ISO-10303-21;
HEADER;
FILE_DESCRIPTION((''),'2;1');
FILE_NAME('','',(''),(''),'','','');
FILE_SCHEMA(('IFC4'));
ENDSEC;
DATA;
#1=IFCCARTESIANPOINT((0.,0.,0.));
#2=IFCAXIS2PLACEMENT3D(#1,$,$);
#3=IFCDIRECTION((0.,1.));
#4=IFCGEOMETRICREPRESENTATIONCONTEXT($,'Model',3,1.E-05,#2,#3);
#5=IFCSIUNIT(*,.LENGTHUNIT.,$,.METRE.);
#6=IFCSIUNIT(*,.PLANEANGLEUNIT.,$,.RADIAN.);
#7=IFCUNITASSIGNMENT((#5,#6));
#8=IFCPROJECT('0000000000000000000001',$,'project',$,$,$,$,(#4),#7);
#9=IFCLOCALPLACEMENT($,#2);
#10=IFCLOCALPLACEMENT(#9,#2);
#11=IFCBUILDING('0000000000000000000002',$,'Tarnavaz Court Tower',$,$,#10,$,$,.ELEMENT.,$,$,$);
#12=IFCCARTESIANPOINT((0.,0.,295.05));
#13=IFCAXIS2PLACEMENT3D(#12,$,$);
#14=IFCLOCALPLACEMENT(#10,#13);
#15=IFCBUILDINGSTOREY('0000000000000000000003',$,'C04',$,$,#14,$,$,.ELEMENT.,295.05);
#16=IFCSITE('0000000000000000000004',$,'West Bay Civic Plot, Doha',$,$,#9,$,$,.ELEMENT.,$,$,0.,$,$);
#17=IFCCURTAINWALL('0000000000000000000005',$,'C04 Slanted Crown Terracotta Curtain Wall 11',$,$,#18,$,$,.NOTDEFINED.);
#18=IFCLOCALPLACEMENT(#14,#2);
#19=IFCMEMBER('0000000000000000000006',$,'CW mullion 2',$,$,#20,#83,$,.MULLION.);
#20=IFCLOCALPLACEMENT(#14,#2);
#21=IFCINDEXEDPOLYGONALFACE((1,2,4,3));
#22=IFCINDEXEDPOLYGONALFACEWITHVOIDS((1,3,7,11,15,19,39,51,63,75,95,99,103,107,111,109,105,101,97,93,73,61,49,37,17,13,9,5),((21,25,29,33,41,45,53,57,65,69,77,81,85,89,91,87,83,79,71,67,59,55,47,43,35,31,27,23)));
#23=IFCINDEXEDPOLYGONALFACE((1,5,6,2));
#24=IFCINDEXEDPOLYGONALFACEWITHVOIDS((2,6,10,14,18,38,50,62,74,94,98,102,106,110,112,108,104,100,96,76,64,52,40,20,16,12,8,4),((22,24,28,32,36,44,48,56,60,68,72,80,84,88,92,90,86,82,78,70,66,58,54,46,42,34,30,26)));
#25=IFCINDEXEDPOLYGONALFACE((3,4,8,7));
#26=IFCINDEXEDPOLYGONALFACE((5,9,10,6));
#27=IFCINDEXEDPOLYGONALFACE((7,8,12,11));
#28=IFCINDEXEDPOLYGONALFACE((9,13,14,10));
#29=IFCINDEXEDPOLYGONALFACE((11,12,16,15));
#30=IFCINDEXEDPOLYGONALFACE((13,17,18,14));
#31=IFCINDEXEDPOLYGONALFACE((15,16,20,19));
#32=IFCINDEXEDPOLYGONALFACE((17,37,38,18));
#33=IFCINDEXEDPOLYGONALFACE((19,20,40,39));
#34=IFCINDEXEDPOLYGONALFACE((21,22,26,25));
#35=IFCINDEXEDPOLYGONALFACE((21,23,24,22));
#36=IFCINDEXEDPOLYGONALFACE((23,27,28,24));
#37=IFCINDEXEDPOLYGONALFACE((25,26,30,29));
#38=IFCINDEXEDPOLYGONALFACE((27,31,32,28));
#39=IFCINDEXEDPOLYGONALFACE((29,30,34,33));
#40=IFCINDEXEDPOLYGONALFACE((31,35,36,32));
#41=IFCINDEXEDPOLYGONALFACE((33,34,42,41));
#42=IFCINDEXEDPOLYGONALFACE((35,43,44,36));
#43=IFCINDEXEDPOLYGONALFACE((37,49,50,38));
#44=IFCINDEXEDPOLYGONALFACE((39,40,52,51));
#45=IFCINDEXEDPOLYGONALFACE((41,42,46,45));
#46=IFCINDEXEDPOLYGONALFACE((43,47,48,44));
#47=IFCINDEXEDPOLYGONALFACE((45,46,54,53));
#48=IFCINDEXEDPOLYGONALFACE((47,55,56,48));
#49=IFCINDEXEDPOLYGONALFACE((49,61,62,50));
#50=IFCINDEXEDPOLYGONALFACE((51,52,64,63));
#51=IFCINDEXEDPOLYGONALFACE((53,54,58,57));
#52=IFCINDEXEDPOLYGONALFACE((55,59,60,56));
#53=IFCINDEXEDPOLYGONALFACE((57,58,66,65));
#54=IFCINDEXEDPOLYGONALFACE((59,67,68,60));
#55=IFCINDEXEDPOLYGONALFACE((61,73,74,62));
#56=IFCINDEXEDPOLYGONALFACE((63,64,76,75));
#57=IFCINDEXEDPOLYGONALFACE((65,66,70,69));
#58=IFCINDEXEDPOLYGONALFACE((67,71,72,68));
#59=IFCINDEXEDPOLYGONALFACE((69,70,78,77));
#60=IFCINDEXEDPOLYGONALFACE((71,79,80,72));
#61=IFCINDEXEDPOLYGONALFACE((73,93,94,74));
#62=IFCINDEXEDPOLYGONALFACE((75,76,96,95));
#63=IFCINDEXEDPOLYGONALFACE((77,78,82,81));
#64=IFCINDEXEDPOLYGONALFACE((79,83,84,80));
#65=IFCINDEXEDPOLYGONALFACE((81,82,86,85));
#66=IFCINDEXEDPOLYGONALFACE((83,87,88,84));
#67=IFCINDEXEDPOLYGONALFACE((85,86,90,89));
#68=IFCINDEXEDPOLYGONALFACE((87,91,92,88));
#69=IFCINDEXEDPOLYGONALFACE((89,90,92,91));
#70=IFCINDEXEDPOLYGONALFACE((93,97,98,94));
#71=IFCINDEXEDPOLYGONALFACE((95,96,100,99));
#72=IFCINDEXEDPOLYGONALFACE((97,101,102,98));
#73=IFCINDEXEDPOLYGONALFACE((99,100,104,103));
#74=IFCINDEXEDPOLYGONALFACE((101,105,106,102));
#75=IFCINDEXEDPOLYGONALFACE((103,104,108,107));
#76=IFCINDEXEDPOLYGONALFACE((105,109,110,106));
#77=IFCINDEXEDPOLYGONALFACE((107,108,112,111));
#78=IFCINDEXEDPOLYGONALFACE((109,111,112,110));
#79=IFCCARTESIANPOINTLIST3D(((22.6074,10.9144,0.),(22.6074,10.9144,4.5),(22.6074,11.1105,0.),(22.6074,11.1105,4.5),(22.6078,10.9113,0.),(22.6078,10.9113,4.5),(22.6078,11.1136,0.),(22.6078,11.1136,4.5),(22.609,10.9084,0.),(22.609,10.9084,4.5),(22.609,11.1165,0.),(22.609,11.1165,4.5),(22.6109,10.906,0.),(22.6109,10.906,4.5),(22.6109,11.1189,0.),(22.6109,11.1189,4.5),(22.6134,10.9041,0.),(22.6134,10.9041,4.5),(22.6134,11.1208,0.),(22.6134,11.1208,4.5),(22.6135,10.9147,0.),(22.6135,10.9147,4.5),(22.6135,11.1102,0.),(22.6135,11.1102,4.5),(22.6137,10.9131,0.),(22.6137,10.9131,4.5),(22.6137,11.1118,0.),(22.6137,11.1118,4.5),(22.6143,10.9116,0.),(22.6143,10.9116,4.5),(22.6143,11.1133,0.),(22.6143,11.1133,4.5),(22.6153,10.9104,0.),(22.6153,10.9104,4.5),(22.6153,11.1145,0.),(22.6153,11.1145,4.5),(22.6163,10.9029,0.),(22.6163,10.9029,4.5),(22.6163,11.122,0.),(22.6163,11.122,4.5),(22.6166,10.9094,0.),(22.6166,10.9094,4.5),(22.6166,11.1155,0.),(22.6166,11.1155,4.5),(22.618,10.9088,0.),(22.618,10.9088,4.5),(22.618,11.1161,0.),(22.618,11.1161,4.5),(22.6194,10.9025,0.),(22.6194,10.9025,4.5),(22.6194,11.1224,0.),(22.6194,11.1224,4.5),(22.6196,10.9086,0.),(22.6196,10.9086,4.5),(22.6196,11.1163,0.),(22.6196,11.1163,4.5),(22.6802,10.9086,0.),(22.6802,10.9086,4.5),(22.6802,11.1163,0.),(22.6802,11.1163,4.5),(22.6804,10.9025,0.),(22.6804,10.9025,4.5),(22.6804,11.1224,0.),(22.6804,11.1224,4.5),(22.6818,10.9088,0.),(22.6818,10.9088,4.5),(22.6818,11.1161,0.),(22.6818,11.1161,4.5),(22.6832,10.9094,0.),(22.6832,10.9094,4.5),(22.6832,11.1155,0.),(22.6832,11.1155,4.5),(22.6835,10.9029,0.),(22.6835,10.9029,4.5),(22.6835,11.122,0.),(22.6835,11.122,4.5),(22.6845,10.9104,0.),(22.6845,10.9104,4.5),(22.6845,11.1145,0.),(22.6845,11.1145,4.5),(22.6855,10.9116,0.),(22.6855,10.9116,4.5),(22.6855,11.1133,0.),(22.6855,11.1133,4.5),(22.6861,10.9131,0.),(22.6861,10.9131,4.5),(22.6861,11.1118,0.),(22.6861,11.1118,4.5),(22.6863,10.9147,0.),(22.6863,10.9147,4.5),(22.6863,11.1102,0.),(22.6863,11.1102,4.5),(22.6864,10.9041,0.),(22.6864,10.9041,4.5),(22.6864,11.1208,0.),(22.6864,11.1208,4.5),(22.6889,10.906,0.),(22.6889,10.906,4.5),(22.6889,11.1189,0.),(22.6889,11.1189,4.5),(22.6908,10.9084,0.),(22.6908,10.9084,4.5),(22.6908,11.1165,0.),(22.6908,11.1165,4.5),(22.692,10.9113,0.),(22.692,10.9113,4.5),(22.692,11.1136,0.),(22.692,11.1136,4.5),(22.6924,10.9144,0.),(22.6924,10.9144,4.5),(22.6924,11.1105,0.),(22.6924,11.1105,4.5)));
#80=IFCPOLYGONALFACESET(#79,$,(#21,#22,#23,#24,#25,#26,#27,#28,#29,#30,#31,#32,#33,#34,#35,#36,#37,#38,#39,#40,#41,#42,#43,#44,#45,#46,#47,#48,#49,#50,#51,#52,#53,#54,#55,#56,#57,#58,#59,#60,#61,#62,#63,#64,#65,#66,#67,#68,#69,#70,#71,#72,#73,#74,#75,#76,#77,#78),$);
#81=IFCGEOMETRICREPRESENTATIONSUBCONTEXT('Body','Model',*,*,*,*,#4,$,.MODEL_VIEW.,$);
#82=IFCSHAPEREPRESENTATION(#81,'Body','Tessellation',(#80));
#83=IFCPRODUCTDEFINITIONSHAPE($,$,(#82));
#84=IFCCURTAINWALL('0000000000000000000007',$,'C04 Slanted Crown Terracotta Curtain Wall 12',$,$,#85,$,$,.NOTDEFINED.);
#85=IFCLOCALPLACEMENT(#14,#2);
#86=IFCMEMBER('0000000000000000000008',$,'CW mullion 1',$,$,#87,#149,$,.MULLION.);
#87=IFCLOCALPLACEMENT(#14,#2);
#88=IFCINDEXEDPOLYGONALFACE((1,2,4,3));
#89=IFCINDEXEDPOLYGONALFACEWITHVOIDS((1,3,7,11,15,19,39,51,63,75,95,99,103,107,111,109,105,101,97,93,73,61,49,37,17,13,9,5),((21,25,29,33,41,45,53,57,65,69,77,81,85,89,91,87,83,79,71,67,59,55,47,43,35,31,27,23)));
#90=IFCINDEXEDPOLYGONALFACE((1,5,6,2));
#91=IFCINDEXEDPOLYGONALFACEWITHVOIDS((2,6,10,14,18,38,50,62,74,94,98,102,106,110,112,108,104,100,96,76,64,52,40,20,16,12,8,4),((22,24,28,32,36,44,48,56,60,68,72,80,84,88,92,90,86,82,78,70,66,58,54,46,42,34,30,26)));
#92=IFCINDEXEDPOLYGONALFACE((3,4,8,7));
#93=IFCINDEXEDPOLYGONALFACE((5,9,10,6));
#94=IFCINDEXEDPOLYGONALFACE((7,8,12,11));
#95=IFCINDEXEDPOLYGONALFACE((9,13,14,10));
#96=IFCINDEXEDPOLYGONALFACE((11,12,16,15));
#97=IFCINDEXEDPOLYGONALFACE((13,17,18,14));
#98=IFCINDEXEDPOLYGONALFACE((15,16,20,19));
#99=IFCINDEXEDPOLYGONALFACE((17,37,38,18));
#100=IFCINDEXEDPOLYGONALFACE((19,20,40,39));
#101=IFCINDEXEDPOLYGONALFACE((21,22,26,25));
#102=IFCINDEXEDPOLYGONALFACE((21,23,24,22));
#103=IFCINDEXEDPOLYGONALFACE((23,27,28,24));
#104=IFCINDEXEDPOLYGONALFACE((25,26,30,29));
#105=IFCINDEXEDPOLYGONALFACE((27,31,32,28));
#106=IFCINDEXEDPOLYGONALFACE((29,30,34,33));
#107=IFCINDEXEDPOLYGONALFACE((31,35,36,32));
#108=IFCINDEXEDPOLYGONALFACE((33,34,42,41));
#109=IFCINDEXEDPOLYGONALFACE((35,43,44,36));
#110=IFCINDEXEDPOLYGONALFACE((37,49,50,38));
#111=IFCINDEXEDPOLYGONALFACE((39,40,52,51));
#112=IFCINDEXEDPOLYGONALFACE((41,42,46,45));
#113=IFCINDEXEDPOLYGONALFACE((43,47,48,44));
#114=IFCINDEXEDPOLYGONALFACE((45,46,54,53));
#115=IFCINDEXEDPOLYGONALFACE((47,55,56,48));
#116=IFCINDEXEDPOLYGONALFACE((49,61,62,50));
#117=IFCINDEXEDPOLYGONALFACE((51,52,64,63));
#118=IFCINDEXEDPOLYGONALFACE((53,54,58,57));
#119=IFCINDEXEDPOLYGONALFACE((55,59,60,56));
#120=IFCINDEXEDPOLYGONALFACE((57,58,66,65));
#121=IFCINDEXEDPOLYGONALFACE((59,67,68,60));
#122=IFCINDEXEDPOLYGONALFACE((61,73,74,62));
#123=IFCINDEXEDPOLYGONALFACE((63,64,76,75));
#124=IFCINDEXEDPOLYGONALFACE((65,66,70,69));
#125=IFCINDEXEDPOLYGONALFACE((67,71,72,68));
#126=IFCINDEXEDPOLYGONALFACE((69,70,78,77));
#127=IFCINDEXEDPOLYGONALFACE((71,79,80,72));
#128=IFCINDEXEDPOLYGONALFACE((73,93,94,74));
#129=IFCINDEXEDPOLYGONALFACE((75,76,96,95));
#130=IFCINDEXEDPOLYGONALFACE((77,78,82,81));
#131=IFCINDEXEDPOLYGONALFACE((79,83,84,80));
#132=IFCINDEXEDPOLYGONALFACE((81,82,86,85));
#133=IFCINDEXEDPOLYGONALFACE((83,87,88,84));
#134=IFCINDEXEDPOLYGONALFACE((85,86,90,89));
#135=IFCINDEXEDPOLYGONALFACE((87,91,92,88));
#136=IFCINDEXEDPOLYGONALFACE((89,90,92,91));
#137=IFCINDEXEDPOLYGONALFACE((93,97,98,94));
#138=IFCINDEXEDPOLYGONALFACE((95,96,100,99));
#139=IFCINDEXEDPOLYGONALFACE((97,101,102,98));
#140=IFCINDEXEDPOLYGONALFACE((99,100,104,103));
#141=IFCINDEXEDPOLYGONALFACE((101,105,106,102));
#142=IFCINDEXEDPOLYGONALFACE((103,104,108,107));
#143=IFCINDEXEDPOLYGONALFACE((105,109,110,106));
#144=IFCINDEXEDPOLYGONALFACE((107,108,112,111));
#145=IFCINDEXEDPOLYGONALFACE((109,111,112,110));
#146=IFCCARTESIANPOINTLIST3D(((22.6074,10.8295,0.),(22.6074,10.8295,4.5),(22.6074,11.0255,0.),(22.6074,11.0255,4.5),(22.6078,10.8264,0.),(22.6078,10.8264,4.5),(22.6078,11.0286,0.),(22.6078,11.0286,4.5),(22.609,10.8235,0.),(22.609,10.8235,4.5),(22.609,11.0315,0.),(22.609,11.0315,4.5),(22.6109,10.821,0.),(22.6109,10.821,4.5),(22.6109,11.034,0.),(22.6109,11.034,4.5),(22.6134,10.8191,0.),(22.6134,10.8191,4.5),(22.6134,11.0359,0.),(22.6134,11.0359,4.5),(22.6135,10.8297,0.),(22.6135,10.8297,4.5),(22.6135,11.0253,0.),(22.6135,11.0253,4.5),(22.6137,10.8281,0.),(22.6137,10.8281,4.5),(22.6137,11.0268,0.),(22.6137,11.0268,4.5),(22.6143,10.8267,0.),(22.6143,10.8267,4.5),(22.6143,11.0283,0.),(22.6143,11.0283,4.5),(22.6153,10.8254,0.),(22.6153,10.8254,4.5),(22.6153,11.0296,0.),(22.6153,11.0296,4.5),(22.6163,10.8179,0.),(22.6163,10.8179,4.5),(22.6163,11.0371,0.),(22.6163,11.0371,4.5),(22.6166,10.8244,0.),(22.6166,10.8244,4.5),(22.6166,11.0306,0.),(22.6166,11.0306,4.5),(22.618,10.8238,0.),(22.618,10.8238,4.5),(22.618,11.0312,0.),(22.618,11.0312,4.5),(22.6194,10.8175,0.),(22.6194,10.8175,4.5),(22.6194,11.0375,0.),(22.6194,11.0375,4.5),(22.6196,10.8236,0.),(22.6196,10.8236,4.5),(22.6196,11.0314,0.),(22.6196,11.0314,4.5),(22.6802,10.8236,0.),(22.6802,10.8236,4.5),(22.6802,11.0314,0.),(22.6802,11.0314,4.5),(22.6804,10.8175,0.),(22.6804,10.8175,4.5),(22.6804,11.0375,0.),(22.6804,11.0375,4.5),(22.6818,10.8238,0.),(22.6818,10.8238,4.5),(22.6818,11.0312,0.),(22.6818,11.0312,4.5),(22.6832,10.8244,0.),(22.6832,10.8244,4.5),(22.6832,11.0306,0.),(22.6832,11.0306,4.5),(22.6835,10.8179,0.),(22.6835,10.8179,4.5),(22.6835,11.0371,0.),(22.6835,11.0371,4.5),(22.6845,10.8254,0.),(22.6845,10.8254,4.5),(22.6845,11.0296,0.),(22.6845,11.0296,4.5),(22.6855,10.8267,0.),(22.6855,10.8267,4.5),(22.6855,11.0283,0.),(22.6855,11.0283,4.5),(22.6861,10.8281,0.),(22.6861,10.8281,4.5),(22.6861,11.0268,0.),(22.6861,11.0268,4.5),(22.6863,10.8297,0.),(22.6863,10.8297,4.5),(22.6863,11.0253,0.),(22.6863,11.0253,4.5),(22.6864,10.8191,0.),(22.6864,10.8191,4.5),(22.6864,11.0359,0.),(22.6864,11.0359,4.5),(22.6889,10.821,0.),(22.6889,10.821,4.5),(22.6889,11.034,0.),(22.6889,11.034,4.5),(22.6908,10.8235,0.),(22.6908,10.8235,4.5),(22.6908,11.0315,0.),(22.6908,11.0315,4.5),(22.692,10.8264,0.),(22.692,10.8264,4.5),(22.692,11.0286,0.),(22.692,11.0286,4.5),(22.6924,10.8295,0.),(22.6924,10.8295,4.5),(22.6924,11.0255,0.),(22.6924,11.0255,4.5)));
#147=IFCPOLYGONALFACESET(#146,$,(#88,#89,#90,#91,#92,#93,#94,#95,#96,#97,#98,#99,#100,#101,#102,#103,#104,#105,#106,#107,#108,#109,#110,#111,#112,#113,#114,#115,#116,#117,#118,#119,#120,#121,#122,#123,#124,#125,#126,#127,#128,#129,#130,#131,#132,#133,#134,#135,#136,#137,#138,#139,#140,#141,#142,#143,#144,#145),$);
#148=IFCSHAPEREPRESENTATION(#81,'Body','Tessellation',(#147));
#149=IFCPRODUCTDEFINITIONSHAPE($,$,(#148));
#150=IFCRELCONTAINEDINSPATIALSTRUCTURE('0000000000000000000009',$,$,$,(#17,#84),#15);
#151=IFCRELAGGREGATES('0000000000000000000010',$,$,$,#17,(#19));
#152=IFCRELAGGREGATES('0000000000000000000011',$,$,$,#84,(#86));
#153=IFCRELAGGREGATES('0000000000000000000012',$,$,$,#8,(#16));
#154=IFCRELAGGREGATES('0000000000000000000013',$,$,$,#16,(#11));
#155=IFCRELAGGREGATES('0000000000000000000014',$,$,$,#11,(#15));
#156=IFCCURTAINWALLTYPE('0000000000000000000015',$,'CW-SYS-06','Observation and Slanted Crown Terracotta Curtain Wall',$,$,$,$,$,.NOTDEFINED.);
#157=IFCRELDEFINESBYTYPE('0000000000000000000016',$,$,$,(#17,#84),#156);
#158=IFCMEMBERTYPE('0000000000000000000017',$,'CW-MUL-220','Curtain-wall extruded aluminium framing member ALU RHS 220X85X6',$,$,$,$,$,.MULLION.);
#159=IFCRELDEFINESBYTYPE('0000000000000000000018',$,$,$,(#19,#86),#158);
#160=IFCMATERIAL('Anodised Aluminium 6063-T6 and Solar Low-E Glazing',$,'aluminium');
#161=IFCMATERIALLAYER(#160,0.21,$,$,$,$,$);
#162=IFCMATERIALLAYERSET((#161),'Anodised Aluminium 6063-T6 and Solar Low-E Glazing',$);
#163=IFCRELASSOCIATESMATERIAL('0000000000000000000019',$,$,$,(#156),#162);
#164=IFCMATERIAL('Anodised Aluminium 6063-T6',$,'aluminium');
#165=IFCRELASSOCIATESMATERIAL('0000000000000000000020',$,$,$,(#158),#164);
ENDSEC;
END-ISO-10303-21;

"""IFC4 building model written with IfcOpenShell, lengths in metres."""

from ifc_helpers import new_model, si_unit, direction, frame, origin, origin_2d, place, context, subcontext, project, spatial, hollow_rectangle, extrude, material, layer, layer_set, material_profile, profile_set, type_object, element, aggregate, save


model = new_model("IFC4")

# Units and contexts
model_context = context("Model", 3, precision=1e-05, world=origin(), true_north=direction((0.0, 1.0)))
body_context = subcontext(model_context, "Body", "Model", "MODEL_VIEW")
ifc_project = project(units=[si_unit("LENGTHUNIT", "METRE"), si_unit("PLANEANGLEUNIT", "RADIAN")], contexts=[model_context])

# Site, building, storey
site_placement = place(None, origin())
site = spatial("IfcSite", under=ifc_project, at=site_placement, Name="West Bay Civic Plot, Doha", CompositionType="ELEMENT", RefElevation=0.0)
building_placement = place(site_placement, origin())
building = spatial("IfcBuilding", under=site, at=building_placement, Name="Tarnavaz Court Tower", CompositionType="ELEMENT")
storey_placement = place(building_placement, frame((0.0, 0.0, 295.05)))
storey = spatial("IfcBuildingStorey", under=building, at=storey_placement, Name="C04", CompositionType="ELEMENT", Elevation=295.05)

# Shared definitions
ifc_material_1 = material(Name="Anodised Aluminium 6063-T6 and Solar Low-E Glazing", Category="aluminium")
ifc_layer_1 = layer(ifc_material_1, 0.21)
ifc_layer_set_1 = layer_set([ifc_layer_1], Name="Anodised Aluminium 6063-T6 and Solar Low-E Glazing")
curtain_wall_type = type_object("IfcCurtainWallType", Name="CW-SYS-06", Description="Observation and Slanted Crown Terracotta Curtain Wall", PredefinedType="NOTDEFINED", material=ifc_layer_set_1)
ifc_material_2 = material(Name="Anodised Aluminium 6063-T6", Category="aluminium")
ifc_material_profile_1 = material_profile(ifc_material_2, hollow_rectangle(XDim=0.085, YDim=0.22, WallThickness=0.0061, InnerFilletRadius=0.0061, OuterFilletRadius=0.012, at=origin_2d()), Name="ALU RHS 220X85X6")
ifc_profile_set_1 = profile_set([ifc_material_profile_1], Name="Anodised Aluminium 6063-T6")
member_type_1 = type_object("IfcMemberType", Name="CW-MUL-220", Description="Curtain-wall extruded aluminium framing member ALU RHS 220X85X6", PredefinedType="MULLION", material=ifc_profile_set_1)

# Curtain wall, member
curtain_wall_1_placement = place(storey_placement, origin())
curtain_wall_1 = element("IfcCurtainWall", 1, at=curtain_wall_1_placement, inside=storey, type_object=curtain_wall_type, Name="C04 Slanted Crown Terracotta Curtain Wall 11", PredefinedType="NOTDEFINED")
member_1_placement = place(storey_placement, frame((22.6499, 11.0125, 0.0), z_axis=(0.0, 0.0, 1.0), x_axis=(1.0, 0.0, 0.0)))
member_1 = element("IfcMember", 2, at=member_1_placement, type_object=member_type_1, Name="CW mullion 2", PredefinedType="MULLION", context=body_context, shape_type="SweptSolid", body=[
    extrude(hollow_rectangle(XDim=0.085, YDim=0.22, WallThickness=0.0061, InnerFilletRadius=0.0061, OuterFilletRadius=0.012, at=origin_2d()), origin(), (0.0, 0.0, 1.0), 4.5),
])

# Curtain wall, member
curtain_wall_2_placement = place(storey_placement, origin())
curtain_wall_2 = element("IfcCurtainWall", 3, at=curtain_wall_2_placement, inside=storey, type_object=curtain_wall_type, Name="C04 Slanted Crown Terracotta Curtain Wall 12", PredefinedType="NOTDEFINED")
member_2_placement = place(storey_placement, frame((22.6499, 10.9275, 0.0), z_axis=(0.0, 0.0, 1.0), x_axis=(1.0, 0.0, 0.0)))
member_2 = element("IfcMember", 4, at=member_2_placement, type_object=member_type_1, Name="CW mullion 1", PredefinedType="MULLION", context=body_context, shape_type="SweptSolid", body=[
    extrude(hollow_rectangle(XDim=0.085, YDim=0.22, WallThickness=0.0061, InnerFilletRadius=0.0061, OuterFilletRadius=0.012, at=origin_2d()), origin(), (0.0, 0.0, 1.0), 4.5),
])

aggregate(curtain_wall_1, [member_1])
aggregate(curtain_wall_2, [member_2])

save(model, "model.ifc")
